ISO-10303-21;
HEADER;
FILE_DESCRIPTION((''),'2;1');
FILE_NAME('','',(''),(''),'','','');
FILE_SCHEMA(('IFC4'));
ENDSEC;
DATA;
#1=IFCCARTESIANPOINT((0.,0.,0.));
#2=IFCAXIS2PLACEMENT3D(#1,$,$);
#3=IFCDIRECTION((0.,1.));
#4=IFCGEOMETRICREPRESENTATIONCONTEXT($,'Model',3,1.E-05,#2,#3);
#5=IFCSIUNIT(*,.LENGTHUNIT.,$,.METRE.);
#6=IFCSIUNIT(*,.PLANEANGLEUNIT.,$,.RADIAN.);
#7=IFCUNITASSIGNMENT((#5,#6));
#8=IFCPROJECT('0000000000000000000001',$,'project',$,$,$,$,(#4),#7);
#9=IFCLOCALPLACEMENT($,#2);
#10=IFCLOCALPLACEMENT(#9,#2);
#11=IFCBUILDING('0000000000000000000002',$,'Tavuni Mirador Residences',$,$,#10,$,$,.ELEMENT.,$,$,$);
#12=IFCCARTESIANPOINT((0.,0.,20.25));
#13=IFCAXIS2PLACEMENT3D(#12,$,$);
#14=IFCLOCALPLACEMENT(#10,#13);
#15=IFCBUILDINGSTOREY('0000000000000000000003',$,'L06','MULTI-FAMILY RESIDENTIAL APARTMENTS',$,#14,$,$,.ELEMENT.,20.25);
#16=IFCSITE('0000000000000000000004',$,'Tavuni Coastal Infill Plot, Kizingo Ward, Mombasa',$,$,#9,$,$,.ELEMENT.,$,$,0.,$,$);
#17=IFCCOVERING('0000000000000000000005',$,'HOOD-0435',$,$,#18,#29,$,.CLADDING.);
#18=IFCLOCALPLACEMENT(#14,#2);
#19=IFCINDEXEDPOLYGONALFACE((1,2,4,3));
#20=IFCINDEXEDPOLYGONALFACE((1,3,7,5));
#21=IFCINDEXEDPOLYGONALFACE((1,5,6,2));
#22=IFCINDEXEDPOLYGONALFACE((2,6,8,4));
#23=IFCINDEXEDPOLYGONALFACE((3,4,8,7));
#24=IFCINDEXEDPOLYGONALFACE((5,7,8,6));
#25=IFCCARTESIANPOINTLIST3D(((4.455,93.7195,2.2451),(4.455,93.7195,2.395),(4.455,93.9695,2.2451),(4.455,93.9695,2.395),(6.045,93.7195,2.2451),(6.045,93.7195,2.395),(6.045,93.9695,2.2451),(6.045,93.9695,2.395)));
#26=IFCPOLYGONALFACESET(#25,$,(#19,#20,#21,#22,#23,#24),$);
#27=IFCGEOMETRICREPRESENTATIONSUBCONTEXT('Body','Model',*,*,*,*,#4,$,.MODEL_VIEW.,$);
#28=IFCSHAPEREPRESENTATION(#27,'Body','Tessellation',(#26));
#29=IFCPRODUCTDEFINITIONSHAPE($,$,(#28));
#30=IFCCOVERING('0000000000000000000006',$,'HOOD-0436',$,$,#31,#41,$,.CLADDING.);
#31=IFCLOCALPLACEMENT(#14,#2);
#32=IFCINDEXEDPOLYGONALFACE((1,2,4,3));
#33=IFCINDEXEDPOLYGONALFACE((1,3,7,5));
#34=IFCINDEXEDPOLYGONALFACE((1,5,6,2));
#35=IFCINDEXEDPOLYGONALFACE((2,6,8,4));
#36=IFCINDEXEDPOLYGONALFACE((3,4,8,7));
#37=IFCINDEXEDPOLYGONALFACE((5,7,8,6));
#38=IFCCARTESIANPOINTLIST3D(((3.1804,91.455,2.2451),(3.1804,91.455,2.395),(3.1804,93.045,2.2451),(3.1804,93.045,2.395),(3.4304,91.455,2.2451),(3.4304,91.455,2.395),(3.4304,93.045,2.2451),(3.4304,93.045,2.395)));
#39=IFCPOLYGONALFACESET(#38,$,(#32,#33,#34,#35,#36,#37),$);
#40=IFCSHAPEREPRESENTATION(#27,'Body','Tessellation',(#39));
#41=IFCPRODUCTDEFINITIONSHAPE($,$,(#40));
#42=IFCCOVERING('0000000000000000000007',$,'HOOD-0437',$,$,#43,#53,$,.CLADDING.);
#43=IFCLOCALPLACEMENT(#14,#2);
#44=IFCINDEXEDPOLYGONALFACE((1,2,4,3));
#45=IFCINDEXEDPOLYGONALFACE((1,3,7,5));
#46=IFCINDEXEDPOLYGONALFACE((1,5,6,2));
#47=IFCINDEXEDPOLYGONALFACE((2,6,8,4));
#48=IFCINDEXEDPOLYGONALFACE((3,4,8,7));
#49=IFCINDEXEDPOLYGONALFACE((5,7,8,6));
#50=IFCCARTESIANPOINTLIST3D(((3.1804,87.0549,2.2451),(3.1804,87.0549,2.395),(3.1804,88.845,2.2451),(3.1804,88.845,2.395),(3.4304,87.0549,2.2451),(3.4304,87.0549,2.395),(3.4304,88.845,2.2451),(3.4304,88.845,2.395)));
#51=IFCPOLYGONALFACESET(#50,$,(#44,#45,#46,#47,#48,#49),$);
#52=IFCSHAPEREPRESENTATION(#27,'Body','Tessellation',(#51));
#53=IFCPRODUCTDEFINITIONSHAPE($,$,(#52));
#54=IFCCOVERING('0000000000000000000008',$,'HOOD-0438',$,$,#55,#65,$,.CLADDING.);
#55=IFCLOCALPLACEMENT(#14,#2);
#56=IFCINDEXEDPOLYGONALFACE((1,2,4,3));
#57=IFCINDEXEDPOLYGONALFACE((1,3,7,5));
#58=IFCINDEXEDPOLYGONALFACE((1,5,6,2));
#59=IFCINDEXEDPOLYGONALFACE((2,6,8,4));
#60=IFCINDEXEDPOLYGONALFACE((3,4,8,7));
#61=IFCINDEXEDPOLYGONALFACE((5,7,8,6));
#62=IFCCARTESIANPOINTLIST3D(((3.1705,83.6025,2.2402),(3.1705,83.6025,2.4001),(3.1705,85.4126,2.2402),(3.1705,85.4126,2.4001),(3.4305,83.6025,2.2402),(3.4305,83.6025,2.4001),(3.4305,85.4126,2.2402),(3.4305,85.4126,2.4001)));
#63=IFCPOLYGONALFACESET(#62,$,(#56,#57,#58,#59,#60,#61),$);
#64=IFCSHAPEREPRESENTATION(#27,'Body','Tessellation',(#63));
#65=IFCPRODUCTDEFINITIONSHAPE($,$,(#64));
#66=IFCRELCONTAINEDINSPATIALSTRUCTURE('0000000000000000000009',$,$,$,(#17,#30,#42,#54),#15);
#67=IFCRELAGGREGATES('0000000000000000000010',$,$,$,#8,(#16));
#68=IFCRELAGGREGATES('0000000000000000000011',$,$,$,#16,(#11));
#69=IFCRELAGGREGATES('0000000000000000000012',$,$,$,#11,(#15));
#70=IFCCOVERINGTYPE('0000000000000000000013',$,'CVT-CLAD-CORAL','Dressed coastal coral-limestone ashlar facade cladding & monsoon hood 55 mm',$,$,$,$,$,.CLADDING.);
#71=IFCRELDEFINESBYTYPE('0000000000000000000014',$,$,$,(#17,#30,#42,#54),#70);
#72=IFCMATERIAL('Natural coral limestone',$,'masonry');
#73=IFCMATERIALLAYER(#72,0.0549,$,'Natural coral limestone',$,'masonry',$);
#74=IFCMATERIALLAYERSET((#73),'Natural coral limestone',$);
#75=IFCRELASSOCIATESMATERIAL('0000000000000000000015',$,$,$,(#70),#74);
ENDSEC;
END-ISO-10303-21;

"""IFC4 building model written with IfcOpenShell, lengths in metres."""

from ifc_helpers import new_model, si_unit, direction, frame, origin, origin_2d, place, context, subcontext, project, spatial, rectangle, extrude, material, layer, layer_set, type_object, element, save


model = new_model("IFC4")

# Units and contexts
model_context = context("Model", 3, precision=1e-05, world=origin(), true_north=direction((0.0, 1.0)))
body_context = subcontext(model_context, "Body", "Model", "MODEL_VIEW")
ifc_project = project(units=[si_unit("LENGTHUNIT", "METRE"), si_unit("PLANEANGLEUNIT", "RADIAN")], contexts=[model_context])

# Site, building, storey
site_placement = place(None, origin())
site = spatial("IfcSite", under=ifc_project, at=site_placement, Name="Tavuni Coastal Infill Plot, Kizingo Ward, Mombasa", CompositionType="ELEMENT", RefElevation=0.0)
building_placement = place(site_placement, origin())
building = spatial("IfcBuilding", under=site, at=building_placement, Name="Tavuni Mirador Residences", CompositionType="ELEMENT")
storey_placement = place(building_placement, frame((0.0, 0.0, 20.25)))
storey = spatial("IfcBuildingStorey", under=building, at=storey_placement, Name="L06", Description="MULTI-FAMILY RESIDENTIAL APARTMENTS", CompositionType="ELEMENT", Elevation=20.25)

# Coverings
ifc_material_1 = material(Name="Natural coral limestone", Category="masonry")
ifc_layer_1 = layer(ifc_material_1, 0.0549, Name="Natural coral limestone", Category="masonry")
ifc_layer_set_1 = layer_set([ifc_layer_1], Name="Natural coral limestone")
covering_type = type_object("IfcCoveringType", Name="CVT-CLAD-CORAL", Description="Dressed coastal coral-limestone ashlar facade cladding & monsoon hood 55 mm", PredefinedType="CLADDING", material=ifc_layer_set_1)
for number, where, z_axis, x_axis, name in (
    (1, (5.25, 93.8445, 2.2451), (0.0, 0.0, 1.0), (-1.0, 0.0, 0.0), "HOOD-0435"),
    (2, (3.3054, 92.25, 2.2451), (0.0, 0.0, 1.0), (0.0, -1.0, 0.0), "HOOD-0436"),
):
    element("IfcCovering", number, at=place(storey_placement, frame(where, z_axis=z_axis, x_axis=x_axis)), inside=storey, type_object=covering_type, Name=name, PredefinedType="CLADDING", context=body_context, shape_type="SweptSolid", body=[
        extrude(rectangle(XDim=1.5901, YDim=0.25, at=origin_2d()), origin(), (0.0, 0.0, 1.0), 0.1499),
    ])
covering_1_placement = place(storey_placement, frame((3.3054, 87.95, 2.2451), z_axis=(0.0, 0.0, 1.0), x_axis=(0.0, -1.0, 0.0)))
element("IfcCovering", 3, at=covering_1_placement, inside=storey, type_object=covering_type, Name="HOOD-0437", PredefinedType="CLADDING", context=body_context, shape_type="SweptSolid", body=[
    extrude(rectangle(XDim=1.79, YDim=0.25, at=origin_2d()), origin(), (0.0, 0.0, 1.0), 0.1499),
])
covering_2_placement = place(storey_placement, frame((3.3005, 84.5076, 2.2402), z_axis=(0.0, 0.0, 1.0), x_axis=(0.0, -1.0, 0.0)))
element("IfcCovering", 4, at=covering_2_placement, inside=storey, type_object=covering_type, Name="HOOD-0438", PredefinedType="CLADDING", context=body_context, shape_type="SweptSolid", body=[
    extrude(rectangle(XDim=1.8101, YDim=0.26, at=origin_2d()), origin(), (0.0, 0.0, 1.0), 0.1599),
])

save(model, "model.ifc")
